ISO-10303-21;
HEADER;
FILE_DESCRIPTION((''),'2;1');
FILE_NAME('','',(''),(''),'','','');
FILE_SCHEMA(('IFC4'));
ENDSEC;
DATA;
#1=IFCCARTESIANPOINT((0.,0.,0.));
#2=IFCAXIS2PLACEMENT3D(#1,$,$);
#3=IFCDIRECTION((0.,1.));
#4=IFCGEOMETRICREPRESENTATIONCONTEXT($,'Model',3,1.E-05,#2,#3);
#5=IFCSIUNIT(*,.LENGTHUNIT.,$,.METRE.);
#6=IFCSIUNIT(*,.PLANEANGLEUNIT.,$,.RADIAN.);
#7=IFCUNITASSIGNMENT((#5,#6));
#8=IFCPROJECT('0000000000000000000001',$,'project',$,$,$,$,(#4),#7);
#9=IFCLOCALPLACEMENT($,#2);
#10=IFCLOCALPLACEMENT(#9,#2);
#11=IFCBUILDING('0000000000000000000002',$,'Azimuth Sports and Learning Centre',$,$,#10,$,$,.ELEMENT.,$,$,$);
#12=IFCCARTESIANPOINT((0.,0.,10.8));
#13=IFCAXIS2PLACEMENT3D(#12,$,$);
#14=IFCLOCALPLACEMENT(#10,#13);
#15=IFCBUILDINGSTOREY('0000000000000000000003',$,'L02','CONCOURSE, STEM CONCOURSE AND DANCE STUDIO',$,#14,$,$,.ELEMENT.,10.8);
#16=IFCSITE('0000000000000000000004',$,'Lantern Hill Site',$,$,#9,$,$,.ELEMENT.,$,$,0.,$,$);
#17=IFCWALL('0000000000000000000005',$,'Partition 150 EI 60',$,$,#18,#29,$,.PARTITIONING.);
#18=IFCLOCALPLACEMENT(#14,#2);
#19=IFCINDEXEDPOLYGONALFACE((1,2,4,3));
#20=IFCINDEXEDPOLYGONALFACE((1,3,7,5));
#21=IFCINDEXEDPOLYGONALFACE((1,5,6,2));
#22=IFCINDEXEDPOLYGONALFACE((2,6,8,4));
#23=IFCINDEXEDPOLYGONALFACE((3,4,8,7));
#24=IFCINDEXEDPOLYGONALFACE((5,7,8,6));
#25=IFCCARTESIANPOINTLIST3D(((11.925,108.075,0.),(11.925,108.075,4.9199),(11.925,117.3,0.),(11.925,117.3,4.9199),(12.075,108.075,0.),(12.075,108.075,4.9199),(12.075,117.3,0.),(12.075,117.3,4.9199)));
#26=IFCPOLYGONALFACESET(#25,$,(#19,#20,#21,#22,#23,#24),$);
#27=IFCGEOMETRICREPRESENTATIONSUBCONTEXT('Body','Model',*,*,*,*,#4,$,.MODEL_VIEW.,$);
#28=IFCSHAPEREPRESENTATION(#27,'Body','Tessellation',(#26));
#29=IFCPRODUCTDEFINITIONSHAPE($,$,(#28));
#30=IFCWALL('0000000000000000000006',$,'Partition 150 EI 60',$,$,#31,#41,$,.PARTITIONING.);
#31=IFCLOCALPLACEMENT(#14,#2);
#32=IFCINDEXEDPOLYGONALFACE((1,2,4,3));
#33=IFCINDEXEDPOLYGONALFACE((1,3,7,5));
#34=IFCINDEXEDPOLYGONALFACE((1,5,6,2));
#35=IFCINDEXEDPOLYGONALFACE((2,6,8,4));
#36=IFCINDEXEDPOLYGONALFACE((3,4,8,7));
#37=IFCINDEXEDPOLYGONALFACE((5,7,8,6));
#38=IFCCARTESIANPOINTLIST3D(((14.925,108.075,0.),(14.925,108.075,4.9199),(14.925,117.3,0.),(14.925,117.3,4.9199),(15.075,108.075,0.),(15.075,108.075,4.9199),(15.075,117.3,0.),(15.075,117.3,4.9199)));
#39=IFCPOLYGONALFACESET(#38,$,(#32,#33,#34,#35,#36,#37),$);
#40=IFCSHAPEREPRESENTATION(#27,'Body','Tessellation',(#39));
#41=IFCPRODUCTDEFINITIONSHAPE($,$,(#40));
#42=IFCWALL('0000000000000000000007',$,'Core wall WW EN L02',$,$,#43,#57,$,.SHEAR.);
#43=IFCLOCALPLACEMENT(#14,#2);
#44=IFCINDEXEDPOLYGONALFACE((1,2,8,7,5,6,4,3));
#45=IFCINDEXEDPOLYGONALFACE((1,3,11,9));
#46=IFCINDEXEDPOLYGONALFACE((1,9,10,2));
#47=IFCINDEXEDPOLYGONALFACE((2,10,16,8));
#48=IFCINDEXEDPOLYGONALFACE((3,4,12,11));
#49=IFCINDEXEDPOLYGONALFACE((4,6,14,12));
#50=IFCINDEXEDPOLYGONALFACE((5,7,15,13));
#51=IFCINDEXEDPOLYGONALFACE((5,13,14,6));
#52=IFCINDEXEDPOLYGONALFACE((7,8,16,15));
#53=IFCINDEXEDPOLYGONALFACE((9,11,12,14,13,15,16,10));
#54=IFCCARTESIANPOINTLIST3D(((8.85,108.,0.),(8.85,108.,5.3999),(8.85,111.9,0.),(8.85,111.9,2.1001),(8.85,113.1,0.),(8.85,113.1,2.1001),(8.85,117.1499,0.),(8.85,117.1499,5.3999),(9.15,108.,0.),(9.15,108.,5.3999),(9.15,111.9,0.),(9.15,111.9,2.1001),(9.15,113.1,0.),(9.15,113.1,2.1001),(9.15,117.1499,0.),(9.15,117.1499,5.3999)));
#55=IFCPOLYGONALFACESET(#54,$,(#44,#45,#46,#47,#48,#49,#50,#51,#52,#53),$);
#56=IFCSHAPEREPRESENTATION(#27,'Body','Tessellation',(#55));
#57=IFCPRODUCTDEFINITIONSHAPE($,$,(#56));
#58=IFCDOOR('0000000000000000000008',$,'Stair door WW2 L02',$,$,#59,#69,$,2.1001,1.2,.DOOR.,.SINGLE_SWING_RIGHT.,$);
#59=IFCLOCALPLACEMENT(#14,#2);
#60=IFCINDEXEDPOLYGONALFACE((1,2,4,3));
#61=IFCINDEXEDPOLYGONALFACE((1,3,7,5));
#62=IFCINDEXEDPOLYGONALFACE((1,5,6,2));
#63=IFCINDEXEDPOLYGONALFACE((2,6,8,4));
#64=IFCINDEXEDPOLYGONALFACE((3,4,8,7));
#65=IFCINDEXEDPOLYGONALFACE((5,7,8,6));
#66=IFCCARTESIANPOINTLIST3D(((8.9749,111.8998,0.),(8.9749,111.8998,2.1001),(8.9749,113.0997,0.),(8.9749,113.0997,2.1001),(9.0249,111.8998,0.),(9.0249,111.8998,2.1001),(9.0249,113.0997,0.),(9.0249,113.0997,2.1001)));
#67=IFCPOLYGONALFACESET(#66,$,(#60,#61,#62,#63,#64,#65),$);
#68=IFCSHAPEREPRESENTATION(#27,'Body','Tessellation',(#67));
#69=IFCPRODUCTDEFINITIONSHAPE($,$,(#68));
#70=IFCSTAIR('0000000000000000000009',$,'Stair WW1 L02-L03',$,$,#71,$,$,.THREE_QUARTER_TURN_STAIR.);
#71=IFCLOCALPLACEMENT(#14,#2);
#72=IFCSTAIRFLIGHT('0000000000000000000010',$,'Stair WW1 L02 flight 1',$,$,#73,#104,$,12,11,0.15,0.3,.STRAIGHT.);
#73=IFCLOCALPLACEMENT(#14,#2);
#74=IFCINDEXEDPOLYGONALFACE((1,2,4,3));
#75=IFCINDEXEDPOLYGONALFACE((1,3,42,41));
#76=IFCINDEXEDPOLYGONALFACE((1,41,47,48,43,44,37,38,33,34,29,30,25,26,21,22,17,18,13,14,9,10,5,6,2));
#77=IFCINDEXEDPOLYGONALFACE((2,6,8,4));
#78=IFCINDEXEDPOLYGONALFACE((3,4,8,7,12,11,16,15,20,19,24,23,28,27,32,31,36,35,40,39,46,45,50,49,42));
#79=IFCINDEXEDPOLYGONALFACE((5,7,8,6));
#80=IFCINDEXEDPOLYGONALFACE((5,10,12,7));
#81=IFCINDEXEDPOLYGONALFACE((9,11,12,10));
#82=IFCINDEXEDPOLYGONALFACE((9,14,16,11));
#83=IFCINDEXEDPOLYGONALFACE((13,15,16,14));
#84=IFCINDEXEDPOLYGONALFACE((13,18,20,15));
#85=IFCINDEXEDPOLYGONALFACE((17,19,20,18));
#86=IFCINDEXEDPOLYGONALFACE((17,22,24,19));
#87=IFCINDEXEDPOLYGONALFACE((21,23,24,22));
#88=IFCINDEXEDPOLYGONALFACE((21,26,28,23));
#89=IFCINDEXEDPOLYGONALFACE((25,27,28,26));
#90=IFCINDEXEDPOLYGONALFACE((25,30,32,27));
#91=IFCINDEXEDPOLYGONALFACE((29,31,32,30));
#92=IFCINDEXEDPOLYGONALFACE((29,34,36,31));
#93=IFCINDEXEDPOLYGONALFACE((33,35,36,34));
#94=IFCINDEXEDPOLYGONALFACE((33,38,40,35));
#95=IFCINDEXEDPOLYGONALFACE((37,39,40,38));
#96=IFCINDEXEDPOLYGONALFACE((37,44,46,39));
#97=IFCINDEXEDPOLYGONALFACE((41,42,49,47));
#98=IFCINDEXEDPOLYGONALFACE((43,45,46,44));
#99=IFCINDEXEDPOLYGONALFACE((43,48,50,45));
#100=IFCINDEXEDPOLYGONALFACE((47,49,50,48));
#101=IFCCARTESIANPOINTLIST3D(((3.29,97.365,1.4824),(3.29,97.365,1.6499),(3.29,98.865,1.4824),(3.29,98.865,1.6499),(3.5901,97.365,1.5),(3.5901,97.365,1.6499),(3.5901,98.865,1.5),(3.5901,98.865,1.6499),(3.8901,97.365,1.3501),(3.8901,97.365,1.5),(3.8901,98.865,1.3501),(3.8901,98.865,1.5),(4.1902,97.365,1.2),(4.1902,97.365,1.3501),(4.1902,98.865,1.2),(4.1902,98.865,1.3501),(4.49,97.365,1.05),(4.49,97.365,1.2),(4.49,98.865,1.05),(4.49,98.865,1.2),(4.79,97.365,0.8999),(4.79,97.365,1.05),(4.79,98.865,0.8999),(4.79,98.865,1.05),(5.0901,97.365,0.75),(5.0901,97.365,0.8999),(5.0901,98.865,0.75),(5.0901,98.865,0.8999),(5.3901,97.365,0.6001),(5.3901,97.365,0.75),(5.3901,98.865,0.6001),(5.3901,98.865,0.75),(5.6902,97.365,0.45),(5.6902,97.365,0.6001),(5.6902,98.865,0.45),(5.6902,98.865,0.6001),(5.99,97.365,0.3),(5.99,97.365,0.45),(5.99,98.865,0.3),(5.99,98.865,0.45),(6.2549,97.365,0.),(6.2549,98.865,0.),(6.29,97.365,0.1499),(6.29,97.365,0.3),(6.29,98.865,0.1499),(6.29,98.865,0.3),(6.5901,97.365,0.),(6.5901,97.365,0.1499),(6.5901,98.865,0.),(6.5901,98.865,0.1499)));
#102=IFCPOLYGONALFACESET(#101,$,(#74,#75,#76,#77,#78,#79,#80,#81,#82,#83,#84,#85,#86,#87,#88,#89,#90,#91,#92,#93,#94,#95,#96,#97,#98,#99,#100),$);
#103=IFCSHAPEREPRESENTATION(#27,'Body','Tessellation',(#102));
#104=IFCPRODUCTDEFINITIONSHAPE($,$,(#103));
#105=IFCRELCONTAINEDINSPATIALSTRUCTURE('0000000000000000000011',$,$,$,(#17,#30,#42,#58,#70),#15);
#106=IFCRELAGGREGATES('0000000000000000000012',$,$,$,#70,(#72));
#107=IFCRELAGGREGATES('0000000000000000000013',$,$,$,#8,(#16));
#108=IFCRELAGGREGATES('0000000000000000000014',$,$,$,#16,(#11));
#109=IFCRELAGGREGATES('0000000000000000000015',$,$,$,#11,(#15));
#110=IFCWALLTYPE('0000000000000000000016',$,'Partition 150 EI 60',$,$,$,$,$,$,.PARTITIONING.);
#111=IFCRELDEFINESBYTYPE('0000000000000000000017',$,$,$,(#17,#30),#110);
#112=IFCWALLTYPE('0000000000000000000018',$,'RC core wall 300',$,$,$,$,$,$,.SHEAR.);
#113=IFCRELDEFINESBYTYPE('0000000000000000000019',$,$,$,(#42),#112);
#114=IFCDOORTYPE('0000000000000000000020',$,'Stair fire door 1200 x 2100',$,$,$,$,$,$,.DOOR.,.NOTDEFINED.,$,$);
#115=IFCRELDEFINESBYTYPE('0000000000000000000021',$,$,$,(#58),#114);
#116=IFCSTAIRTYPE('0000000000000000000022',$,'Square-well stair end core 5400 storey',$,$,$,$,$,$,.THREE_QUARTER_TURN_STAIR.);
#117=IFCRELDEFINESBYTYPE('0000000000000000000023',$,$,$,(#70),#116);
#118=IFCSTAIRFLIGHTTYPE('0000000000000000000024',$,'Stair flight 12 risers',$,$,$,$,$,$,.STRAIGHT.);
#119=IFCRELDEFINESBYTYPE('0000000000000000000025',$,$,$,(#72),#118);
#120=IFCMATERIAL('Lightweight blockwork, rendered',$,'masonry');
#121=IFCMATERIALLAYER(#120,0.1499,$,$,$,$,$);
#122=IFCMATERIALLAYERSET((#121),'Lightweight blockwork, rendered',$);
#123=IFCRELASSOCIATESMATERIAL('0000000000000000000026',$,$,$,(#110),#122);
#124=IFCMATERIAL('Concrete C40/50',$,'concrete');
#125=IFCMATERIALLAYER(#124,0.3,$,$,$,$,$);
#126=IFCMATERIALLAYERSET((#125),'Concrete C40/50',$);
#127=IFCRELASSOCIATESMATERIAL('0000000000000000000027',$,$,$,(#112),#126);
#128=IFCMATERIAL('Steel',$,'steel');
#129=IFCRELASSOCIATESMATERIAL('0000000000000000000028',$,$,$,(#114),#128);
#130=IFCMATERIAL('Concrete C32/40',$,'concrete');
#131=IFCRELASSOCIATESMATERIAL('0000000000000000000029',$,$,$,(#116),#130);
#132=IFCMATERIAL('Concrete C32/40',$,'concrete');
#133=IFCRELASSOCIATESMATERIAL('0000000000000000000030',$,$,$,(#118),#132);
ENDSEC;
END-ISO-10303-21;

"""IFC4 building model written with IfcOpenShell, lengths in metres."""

from ifc_helpers import new_model, si_unit, direction, frame, frame_2d, origin, place, context, subcontext, project, spatial, polyline, rectangle, outline, extrude, material, layer, layer_set, type_object, element, fill, aggregate, save


model = new_model("IFC4")

# Units and contexts
model_context = context("Model", 3, precision=1e-05, world=origin(), true_north=direction((0.0, 1.0)))
body_context = subcontext(model_context, "Body", "Model", "MODEL_VIEW")
ifc_project = project(units=[si_unit("LENGTHUNIT", "METRE"), si_unit("PLANEANGLEUNIT", "RADIAN")], contexts=[model_context])

# Site, building, storey
site_placement = place(None, origin())
site = spatial("IfcSite", under=ifc_project, at=site_placement, Name="Lantern Hill Site", CompositionType="ELEMENT", RefElevation=0.0)
building_placement = place(site_placement, origin())
building = spatial("IfcBuilding", under=site, at=building_placement, Name="Azimuth Sports and Learning Centre", CompositionType="ELEMENT")
storey_placement = place(building_placement, frame((0.0, 0.0, 10.8)))
storey = spatial("IfcBuildingStorey", under=building, at=storey_placement, Name="L02", Description="CONCOURSE, STEM CONCOURSE AND DANCE STUDIO", CompositionType="ELEMENT", Elevation=10.8)

# Shared definitions
ifc_material_1 = material(Name="Lightweight blockwork, rendered", Category="masonry")
ifc_layer_1 = layer(ifc_material_1, 0.1499)
ifc_layer_set_1 = layer_set([ifc_layer_1], Name="Lightweight blockwork, rendered")
wall_type_1 = type_object("IfcWallType", Name="Partition 150 EI 60", PredefinedType="PARTITIONING", material=ifc_layer_set_1)

# Walls
for number, where, z_axis, x_axis, name in (
    (1, (12.0, 108.075, 0.0), (0.0, 0.0, 1.0), (0.0, 1.0, 0.0), "Partition 150 EI 60"),
    (2, (15.0, 108.075, 0.0), (0.0, 0.0, 1.0), (0.0, 1.0, 0.0), "Partition 150 EI 60"),
):
    element("IfcWall", number, at=place(storey_placement, frame(where, z_axis=z_axis, x_axis=x_axis)), inside=storey, type_object=wall_type_1, Name=name, PredefinedType="PARTITIONING", context=body_context, shape_type="SweptSolid", body=[
        extrude(rectangle(XDim=9.2251, YDim=0.1499, at=frame_2d((4.6125, 0.0))), origin(), (0.0, 0.0, 1.0), 4.9199),
    ])

# Wall, opening, door
ifc_material_2 = material(Name="Concrete C40/50", Category="concrete")
ifc_layer_2 = layer(ifc_material_2, 0.3)
ifc_layer_set_2 = layer_set([ifc_layer_2], Name="Concrete C40/50")
wall_type_2 = type_object("IfcWallType", Name="RC core wall 300", PredefinedType="SHEAR", material=ifc_layer_set_2)
wall_1_placement = place(storey_placement, frame((9.0, 108.0, 0.0), z_axis=(0.0, 0.0, 1.0), x_axis=(0.0, 1.0, 0.0)))
wall_1 = element("IfcWall", 3, at=wall_1_placement, inside=storey, type_object=wall_type_2, Name="Core wall WW EN L02", PredefinedType="SHEAR", context=body_context, shape_type="SweptSolid", body=[
    extrude(rectangle(XDim=9.1499, YDim=0.3, at=frame_2d((4.575, 0.0))), origin(), (0.0, 0.0, 1.0), 5.3999),
])
opening_1_placement = place(wall_1_placement, frame((3.8999, 0.0, 0.0)))
opening_1 = element("IfcOpeningElement", 4, at=opening_1_placement, cuts=wall_1, PredefinedType="OPENING", context=body_context, shape_type="SweptSolid", body=[
    extrude(rectangle(XDim=1.2, YDim=2.1001, at=frame_2d((0.6001, 1.05))), frame((0.0, 0.1611, 0.0), z_axis=(0.0, -1.0, 0.0), x_axis=(1.0, 0.0, 0.0)), (0.0, 0.0, 1.0), 0.322),
])
ifc_material_3 = material(Name="Steel", Category="steel")
door_type_1 = type_object("IfcDoorType", Name="Stair fire door 1200 x 2100", OperationType="NOTDEFINED", PredefinedType="DOOR", material=ifc_material_3)
door_1_placement = place(opening_1_placement, frame((1.2, 0.0, 0.0), z_axis=(0.0, 0.0, 1.0), x_axis=(-1.0, 0.0, 0.0)))
door_1 = element("IfcDoor", 5, at=door_1_placement, inside=storey, type_object=door_type_1, Name="Stair door WW2 L02", OperationType="SINGLE_SWING_RIGHT", OverallHeight=2.1001, OverallWidth=1.2, PredefinedType="DOOR", context=body_context, shape_type="SweptSolid", body=[
    extrude(rectangle(XDim=1.2, YDim=2.1001, at=frame_2d((0.6001, 1.05))), frame((0.0, 0.0249, 0.0), z_axis=(0.0, -1.0, 0.0), x_axis=(1.0, 0.0, 0.0)), (0.0, 0.0, 1.0), 0.05),
])
fill(opening_1, door_1)

# Stair, stair flight
ifc_material_4 = material(Name="Concrete C32/40", Category="concrete")
stair_type = type_object("IfcStairType", Name="Square-well stair end core 5400 storey", PredefinedType="THREE_QUARTER_TURN_STAIR", material=ifc_material_4)
stair_placement = place(storey_placement, origin())
stair = element("IfcStair", 6, at=stair_placement, inside=storey, type_object=stair_type, Name="Stair WW1 L02-L03", PredefinedType="THREE_QUARTER_TURN_STAIR")
ifc_material_5 = material(Name="Concrete C32/40", Category="concrete")
stair_flight_type = type_object("IfcStairFlightType", Name="Stair flight 12 risers", PredefinedType="STRAIGHT", material=ifc_material_5)
stair_flight_placement = place(storey_placement, frame((6.5901, 98.115, 0.0), z_axis=(0.0, 0.0, 1.0), x_axis=(-1.0, 0.0, 0.0)))
stair_flight = element("IfcStairFlight", 7, at=stair_flight_placement, type_object=stair_flight_type, Name="Stair WW1 L02 flight 1", NumberOfRisers=12, NumberOfTreads=11, PredefinedType="STRAIGHT", RiserHeight=0.15, TreadLength=0.3, context=body_context, shape_type="SweptSolid", body=[
    extrude(outline(polyline([(0.0, 0.0), (0.0, 0.1499), (0.3, 0.1499), (0.3, 0.3), (0.6001, 0.3), (0.6001, 0.45), (0.8999, 0.45), (0.8999, 0.6001), (1.2, 0.6001), (1.2, 0.75), (1.5, 0.75), (1.5, 0.8999), (1.8, 0.8999), (1.8, 1.05), (2.1001, 1.05), (2.1001, 1.2), (2.3999, 1.2), (2.3999, 1.3501), (2.7, 1.3501), (2.7, 1.5), (3.0, 1.5), (3.0, 1.6499), (3.3, 1.6499), (3.3, 1.8), (3.3, 1.4824), (0.3352, 0.0), (0.0, 0.0)])), frame((0.0, 0.75, 0.0), z_axis=(0.0, -1.0, 0.0), x_axis=(1.0, 0.0, 0.0)), (0.0, 0.0, 1.0), 1.5),
])
aggregate(stair, [stair_flight])

save(model, "model.ifc")
